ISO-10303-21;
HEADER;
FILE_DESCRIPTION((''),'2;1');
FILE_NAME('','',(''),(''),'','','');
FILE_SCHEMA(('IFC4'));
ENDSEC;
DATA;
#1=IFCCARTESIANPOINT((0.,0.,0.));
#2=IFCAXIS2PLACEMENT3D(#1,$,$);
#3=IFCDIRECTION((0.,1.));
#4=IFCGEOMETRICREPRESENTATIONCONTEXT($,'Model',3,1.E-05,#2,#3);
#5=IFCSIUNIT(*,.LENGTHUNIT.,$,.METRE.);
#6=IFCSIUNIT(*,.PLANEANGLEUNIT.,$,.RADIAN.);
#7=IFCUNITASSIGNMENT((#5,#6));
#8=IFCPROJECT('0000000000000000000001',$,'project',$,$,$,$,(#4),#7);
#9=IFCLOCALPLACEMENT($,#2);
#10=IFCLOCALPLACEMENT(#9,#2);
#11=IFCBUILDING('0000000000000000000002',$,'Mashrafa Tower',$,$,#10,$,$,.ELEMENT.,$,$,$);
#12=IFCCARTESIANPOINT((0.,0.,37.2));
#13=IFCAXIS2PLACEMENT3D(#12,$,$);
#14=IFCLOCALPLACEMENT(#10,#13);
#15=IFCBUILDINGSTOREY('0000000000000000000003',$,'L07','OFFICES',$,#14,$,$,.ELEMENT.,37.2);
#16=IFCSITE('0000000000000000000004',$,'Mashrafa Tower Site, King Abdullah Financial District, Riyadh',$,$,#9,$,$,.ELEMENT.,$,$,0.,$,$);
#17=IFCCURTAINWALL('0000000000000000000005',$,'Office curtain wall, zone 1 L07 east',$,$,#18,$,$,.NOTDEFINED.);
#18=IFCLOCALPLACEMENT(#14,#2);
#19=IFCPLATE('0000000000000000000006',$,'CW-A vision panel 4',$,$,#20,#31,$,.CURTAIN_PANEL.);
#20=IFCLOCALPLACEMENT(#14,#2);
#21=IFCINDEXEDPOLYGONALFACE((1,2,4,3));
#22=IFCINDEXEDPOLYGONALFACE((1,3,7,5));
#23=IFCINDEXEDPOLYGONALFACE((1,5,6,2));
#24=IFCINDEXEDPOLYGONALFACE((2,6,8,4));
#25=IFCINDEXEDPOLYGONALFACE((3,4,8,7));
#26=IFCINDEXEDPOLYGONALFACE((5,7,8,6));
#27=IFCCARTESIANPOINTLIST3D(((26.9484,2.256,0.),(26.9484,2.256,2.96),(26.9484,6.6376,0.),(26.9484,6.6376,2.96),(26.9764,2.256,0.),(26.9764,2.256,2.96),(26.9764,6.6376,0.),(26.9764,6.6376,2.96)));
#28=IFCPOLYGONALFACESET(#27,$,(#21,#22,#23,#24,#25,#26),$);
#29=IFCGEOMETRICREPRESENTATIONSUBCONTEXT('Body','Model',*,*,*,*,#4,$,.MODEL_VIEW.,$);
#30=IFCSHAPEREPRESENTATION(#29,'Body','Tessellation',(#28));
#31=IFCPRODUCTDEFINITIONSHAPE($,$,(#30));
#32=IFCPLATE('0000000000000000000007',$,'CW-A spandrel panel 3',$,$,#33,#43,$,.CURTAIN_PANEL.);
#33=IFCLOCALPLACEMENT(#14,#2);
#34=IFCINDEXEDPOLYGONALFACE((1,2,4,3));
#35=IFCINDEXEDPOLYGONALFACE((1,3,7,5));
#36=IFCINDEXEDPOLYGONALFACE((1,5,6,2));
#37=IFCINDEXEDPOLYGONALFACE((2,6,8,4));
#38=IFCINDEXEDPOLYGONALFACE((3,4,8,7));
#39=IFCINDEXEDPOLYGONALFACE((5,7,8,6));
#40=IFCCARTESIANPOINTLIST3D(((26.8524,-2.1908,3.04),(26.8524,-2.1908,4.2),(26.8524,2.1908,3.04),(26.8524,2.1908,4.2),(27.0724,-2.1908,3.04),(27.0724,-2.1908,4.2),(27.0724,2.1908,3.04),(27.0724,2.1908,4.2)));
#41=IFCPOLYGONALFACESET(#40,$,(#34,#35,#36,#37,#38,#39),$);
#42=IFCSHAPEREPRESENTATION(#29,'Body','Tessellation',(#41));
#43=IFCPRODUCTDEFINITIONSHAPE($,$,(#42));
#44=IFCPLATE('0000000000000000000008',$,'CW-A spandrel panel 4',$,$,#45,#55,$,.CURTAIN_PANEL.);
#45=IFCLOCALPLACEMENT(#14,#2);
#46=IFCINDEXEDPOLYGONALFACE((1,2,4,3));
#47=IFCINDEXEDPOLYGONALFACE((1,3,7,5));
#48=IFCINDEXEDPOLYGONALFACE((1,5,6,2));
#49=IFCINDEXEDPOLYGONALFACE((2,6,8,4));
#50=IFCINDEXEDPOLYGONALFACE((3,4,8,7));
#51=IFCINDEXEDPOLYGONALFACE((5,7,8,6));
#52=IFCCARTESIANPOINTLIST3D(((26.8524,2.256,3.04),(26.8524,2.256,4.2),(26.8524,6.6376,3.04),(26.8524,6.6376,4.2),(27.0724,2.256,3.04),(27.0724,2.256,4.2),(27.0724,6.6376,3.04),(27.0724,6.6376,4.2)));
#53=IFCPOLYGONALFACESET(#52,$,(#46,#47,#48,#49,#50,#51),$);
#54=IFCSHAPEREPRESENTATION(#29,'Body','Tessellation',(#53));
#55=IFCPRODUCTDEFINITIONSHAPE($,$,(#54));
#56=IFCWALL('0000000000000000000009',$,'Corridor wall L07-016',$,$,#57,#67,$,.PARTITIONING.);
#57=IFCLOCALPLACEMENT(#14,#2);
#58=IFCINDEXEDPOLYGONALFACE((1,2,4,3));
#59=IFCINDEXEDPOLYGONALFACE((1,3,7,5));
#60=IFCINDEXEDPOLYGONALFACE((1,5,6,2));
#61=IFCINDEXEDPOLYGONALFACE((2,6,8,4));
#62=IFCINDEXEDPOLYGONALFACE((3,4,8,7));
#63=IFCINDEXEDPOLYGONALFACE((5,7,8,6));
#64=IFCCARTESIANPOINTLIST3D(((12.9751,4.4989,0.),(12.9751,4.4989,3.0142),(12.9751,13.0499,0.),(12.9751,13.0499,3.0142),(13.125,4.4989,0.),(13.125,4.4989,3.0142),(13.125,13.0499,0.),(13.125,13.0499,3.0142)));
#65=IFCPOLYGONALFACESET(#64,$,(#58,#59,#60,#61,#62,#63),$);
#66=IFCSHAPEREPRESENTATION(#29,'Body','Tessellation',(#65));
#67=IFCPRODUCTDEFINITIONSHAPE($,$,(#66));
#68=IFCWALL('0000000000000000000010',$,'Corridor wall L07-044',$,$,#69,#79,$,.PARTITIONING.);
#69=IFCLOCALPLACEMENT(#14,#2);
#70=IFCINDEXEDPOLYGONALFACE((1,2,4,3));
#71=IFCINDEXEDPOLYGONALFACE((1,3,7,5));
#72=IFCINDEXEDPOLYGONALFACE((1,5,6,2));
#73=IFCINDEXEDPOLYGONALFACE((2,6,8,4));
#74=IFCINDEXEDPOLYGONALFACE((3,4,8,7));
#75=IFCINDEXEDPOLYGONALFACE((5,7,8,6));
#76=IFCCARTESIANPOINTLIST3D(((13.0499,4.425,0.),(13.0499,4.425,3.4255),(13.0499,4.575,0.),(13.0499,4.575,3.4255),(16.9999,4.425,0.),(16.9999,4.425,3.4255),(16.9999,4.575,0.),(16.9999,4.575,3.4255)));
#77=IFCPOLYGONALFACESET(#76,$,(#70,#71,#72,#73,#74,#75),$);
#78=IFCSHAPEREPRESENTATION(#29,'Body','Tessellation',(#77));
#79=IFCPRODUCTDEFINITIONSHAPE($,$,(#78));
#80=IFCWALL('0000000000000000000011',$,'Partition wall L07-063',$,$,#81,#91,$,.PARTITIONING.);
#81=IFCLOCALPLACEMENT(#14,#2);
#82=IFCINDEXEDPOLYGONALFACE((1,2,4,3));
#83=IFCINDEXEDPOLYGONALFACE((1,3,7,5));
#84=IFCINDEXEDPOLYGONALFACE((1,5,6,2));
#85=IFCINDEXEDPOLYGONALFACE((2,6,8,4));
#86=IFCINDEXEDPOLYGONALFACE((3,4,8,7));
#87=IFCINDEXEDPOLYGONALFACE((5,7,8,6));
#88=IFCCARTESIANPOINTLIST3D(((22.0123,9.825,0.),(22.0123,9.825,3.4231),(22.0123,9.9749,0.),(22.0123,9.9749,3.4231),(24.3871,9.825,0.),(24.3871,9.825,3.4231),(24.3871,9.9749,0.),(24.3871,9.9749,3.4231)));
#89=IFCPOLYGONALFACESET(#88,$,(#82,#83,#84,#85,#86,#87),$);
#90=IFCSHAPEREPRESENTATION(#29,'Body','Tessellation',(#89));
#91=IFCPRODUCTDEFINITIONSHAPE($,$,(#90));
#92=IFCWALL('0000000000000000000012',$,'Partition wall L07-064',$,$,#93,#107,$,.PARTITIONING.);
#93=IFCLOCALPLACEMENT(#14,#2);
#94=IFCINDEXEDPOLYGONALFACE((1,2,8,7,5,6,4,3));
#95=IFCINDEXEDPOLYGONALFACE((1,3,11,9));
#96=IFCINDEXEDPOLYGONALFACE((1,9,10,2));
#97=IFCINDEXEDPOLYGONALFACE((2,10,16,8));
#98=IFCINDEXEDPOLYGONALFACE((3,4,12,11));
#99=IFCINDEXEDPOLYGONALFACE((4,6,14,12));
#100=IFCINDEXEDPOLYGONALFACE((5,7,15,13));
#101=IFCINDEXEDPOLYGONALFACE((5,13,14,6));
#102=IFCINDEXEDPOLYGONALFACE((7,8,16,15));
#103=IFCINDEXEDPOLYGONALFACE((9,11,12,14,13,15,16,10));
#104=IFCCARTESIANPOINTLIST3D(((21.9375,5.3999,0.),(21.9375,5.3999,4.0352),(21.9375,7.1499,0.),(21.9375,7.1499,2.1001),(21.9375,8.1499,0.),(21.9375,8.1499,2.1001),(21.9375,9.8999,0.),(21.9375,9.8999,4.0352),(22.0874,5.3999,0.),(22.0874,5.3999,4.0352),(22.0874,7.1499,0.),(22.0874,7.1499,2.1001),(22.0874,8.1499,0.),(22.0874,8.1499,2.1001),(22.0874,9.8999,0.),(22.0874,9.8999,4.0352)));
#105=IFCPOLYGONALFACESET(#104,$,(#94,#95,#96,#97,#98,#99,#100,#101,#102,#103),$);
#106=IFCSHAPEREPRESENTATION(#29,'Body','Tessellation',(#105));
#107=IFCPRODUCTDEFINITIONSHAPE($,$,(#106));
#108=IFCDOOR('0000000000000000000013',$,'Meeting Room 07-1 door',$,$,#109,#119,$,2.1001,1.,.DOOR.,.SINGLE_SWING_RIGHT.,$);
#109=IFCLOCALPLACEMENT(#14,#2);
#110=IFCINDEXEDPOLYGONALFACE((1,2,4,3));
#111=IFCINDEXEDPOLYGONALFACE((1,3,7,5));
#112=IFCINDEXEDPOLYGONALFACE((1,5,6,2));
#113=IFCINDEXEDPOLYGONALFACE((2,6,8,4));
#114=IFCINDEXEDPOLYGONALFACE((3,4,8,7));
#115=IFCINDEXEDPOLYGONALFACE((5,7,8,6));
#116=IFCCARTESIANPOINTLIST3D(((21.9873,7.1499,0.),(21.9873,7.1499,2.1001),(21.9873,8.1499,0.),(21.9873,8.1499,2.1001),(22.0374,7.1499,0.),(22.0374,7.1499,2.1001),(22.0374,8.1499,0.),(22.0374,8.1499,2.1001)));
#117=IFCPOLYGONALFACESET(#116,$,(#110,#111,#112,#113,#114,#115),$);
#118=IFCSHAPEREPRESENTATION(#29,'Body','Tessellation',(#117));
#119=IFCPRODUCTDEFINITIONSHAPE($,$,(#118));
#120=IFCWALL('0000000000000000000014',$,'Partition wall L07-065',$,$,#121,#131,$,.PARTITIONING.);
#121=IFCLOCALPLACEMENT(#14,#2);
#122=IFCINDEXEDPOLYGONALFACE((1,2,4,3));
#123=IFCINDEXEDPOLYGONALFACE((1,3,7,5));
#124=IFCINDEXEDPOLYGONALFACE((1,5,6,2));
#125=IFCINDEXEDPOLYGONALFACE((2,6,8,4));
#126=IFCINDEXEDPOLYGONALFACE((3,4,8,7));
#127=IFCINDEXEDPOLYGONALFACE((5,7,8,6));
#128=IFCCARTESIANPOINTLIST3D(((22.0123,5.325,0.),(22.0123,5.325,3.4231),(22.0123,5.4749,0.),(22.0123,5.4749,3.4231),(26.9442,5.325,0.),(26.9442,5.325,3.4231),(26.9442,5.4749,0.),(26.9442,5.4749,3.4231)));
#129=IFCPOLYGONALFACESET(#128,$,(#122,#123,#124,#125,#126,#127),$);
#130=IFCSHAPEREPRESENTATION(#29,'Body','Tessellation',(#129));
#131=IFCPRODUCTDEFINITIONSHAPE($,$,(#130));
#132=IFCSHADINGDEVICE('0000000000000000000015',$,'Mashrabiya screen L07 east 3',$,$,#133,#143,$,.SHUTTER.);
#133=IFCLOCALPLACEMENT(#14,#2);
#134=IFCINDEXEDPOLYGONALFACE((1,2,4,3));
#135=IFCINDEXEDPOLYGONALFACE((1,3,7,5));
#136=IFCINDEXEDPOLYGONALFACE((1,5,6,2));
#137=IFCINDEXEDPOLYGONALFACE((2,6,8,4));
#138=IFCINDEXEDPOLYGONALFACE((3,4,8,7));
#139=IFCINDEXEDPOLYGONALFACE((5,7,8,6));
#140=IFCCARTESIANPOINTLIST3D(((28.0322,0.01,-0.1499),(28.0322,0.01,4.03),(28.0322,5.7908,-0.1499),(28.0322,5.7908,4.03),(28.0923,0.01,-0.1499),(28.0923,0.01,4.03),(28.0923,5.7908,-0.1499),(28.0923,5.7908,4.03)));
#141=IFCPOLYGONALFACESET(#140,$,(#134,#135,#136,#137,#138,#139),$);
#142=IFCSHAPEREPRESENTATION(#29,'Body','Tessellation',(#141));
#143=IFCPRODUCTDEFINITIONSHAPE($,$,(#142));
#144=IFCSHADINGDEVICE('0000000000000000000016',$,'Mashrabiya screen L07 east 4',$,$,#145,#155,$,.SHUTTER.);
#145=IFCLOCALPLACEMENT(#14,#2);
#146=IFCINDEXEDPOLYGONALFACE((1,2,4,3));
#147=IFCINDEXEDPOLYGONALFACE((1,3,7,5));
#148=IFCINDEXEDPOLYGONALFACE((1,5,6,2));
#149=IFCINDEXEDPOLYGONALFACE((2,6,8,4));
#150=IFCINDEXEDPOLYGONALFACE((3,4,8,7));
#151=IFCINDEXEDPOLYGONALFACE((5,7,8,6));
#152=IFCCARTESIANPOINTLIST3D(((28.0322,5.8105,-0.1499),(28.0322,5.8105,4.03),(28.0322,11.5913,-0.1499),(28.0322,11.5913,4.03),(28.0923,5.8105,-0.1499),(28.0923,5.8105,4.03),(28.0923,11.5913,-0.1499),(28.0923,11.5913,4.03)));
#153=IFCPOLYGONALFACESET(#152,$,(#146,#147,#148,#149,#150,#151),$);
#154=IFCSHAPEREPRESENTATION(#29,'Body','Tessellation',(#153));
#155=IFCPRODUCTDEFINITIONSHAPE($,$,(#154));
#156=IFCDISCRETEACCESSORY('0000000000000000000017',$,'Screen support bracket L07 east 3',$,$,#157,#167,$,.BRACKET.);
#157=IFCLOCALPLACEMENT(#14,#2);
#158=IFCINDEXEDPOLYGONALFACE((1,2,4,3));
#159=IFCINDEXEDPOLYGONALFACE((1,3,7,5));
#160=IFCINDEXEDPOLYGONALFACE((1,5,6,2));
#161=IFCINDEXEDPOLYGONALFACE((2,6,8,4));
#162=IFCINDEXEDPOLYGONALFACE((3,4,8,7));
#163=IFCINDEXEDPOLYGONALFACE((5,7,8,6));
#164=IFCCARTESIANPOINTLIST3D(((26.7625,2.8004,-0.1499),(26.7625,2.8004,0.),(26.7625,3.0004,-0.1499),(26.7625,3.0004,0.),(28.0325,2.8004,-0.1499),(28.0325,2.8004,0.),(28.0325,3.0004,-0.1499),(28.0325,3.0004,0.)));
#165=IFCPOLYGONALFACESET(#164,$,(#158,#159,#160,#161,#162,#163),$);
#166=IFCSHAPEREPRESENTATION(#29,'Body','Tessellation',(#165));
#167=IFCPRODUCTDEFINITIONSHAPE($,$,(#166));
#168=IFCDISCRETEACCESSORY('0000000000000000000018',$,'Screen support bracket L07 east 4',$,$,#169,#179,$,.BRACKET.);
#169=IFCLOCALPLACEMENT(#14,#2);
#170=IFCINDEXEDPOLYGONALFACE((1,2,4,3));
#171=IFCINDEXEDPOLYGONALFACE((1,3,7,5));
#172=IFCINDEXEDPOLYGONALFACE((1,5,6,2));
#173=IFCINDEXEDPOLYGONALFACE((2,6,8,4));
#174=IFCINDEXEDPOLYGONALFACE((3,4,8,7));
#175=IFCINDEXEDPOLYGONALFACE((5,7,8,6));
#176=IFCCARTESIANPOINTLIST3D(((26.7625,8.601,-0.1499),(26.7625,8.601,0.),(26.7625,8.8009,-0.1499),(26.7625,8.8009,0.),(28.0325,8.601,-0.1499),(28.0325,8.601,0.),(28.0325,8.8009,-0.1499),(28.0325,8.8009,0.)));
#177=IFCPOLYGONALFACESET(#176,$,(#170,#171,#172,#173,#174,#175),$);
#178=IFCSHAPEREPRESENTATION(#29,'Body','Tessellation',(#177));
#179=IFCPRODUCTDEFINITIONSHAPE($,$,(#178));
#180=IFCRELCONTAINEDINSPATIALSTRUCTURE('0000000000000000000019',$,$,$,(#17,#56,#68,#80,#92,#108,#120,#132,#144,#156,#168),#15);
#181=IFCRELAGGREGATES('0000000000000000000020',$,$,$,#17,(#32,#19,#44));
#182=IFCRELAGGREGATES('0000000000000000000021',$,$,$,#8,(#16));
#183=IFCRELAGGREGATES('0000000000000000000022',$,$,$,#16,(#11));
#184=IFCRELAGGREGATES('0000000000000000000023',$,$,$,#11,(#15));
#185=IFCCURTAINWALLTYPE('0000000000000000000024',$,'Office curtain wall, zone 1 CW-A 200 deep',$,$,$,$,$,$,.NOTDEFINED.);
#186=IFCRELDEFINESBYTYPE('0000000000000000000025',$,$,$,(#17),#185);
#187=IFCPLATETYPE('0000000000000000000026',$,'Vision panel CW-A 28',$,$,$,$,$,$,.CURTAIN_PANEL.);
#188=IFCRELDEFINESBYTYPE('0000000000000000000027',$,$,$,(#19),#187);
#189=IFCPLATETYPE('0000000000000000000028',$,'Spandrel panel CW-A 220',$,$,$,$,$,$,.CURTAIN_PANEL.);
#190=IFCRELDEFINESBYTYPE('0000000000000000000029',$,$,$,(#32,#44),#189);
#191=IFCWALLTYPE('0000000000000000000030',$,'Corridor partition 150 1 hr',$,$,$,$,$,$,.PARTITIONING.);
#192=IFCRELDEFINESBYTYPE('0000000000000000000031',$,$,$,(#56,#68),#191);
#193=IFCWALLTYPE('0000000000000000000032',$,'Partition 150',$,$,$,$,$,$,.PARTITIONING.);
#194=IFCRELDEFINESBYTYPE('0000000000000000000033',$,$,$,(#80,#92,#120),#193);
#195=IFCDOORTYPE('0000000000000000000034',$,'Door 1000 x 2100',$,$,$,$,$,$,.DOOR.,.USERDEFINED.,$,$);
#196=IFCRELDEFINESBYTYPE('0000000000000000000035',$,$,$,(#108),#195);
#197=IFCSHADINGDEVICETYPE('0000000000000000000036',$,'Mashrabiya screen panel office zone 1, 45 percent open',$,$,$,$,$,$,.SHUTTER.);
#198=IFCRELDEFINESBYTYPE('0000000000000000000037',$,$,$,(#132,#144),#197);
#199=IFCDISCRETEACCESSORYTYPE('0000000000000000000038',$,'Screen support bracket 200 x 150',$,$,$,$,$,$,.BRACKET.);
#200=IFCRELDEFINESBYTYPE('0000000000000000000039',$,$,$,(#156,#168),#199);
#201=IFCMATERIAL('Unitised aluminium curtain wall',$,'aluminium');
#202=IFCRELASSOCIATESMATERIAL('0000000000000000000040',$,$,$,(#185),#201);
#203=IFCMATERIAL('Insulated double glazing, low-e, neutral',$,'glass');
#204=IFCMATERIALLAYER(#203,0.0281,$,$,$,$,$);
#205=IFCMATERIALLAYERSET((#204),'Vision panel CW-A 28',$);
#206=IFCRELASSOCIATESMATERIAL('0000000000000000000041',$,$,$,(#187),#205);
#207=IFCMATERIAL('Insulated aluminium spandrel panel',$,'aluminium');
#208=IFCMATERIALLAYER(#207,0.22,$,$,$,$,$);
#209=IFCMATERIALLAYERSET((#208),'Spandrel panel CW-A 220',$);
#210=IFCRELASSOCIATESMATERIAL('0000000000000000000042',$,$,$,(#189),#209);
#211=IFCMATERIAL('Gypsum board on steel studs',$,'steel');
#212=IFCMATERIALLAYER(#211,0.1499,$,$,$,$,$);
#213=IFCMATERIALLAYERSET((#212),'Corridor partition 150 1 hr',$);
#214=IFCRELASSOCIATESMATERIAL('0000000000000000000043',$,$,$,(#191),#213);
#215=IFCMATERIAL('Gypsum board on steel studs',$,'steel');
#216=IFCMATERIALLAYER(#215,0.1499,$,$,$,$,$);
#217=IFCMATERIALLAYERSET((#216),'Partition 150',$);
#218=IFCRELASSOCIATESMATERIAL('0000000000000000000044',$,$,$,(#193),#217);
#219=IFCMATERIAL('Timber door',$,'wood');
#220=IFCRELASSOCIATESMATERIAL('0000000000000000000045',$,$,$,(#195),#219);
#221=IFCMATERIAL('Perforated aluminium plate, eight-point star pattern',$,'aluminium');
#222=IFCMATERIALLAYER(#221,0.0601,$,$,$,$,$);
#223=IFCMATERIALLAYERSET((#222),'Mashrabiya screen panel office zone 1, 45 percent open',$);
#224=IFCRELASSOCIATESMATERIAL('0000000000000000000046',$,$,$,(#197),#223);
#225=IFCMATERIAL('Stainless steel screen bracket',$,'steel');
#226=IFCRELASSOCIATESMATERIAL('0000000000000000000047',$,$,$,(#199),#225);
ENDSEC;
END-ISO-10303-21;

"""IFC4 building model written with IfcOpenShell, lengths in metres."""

from ifc_helpers import new_model, si_unit, direction, frame, frame_2d, origin, origin_2d, place, context, subcontext, project, spatial, rectangle, extrude, source, transform, mapped, material, layer, layer_set, type_object, type_shapes, element, fill, aggregate, save


model = new_model("IFC4")

# Units and contexts
model_context = context("Model", 3, precision=1e-05, world=origin(), true_north=direction((0.0, 1.0)))
body_context = subcontext(model_context, "Body", "Model", "MODEL_VIEW")
ifc_project = project(units=[si_unit("LENGTHUNIT", "METRE"), si_unit("PLANEANGLEUNIT", "RADIAN")], contexts=[model_context])

# Site, building, storey
site_placement = place(None, origin())
site = spatial("IfcSite", under=ifc_project, at=site_placement, Name="Mashrafa Tower Site, King Abdullah Financial District, Riyadh", CompositionType="ELEMENT", RefElevation=0.0)
building_placement = place(site_placement, origin())
building = spatial("IfcBuilding", under=site, at=building_placement, Name="Mashrafa Tower", CompositionType="ELEMENT")
storey_placement = place(building_placement, frame((0.0, 0.0, 37.2)))
storey = spatial("IfcBuildingStorey", under=building, at=storey_placement, Name="L07", Description="OFFICES", CompositionType="ELEMENT", Elevation=37.2)

# Curtain wall
ifc_material_1 = material(Name="Unitised aluminium curtain wall", Category="aluminium")
curtain_wall_type = type_object("IfcCurtainWallType", Name="Office curtain wall, zone 1 CW-A 200 deep", PredefinedType="NOTDEFINED", material=ifc_material_1)
curtain_wall_1_placement = place(storey_placement, origin())
curtain_wall_1 = element("IfcCurtainWall", 1, at=curtain_wall_1_placement, inside=storey, type_object=curtain_wall_type, Name="Office curtain wall, zone 1 L07 east", PredefinedType="NOTDEFINED")

# Plates
ifc_material_2 = material(Name="Insulated double glazing, low-e, neutral", Category="glass")
ifc_layer_1 = layer(ifc_material_2, 0.0281)
ifc_layer_set_1 = layer_set([ifc_layer_1], Name="Vision panel CW-A 28")
plate_type_1 = type_object("IfcPlateType", Name="Vision panel CW-A 28", PredefinedType="CURTAIN_PANEL", material=ifc_layer_set_1)
ifc_material_3 = material(Name="Insulated aluminium spandrel panel", Category="aluminium")
ifc_layer_2 = layer(ifc_material_3, 0.22)
ifc_layer_set_2 = layer_set([ifc_layer_2], Name="Spandrel panel CW-A 220")
plate_type_2 = type_object("IfcPlateType", Name="Spandrel panel CW-A 220", PredefinedType="CURTAIN_PANEL", material=ifc_layer_set_2)
shared_shape_1 = source(origin(), body_context, "Body", "SweptSolid", [
    extrude(rectangle(XDim=4.3816, YDim=0.0281, at=origin_2d()), origin(), (0.0, 0.0, 1.0), 2.96),
])
plate_1_placement = place(storey_placement, frame((26.9624, 4.4468, 0.0), z_axis=(0.0, 0.0, 1.0), x_axis=(0.0, 1.0, 0.0)))
plate_1 = element("IfcPlate", 2, at=plate_1_placement, type_object=plate_type_1, Name="CW-A vision panel 4", PredefinedType="CURTAIN_PANEL", context=body_context, shape_type="MappedRepresentation", body=[
    mapped(shared_shape_1, transform((0.0, 0.0, 0.0))),
])
shared_shape_2 = source(origin(), body_context, "Body", "SweptSolid", [
    extrude(rectangle(XDim=4.3816, YDim=0.22, at=origin_2d()), origin(), (0.0, 0.0, 1.0), 1.1599),
])
plate_2_placement = place(storey_placement, frame((26.9624, 0.0, 3.04), z_axis=(0.0, 0.0, 1.0), x_axis=(0.0, 1.0, 0.0)))
plate_2 = element("IfcPlate", 3, at=plate_2_placement, type_object=plate_type_2, Name="CW-A spandrel panel 3", PredefinedType="CURTAIN_PANEL", context=body_context, shape_type="MappedRepresentation", body=[
    mapped(shared_shape_2, transform((0.0, 0.0, 0.0))),
])
plate_3_placement = place(storey_placement, frame((26.9624, 4.4468, 3.04), z_axis=(0.0, 0.0, 1.0), x_axis=(0.0, 1.0, 0.0)))
plate_3 = element("IfcPlate", 4, at=plate_3_placement, type_object=plate_type_2, Name="CW-A spandrel panel 4", PredefinedType="CURTAIN_PANEL", context=body_context, shape_type="MappedRepresentation", body=[
    mapped(shared_shape_2, transform((0.0, 0.0, 0.0))),
])
aggregate(curtain_wall_1, [plate_2, plate_1, plate_3])

# Walls
ifc_material_4 = material(Name="Gypsum board on steel studs", Category="steel")
ifc_layer_3 = layer(ifc_material_4, 0.1499)
ifc_layer_set_3 = layer_set([ifc_layer_3], Name="Corridor partition 150 1 hr")
wall_type_1 = type_object("IfcWallType", Name="Corridor partition 150 1 hr", PredefinedType="PARTITIONING", material=ifc_layer_set_3)
wall_1_placement = place(storey_placement, frame((13.05, 4.499, 0.0), z_axis=(0.0, 0.0, 1.0), x_axis=(0.0, 1.0, 0.0)))
element("IfcWall", 5, at=wall_1_placement, inside=storey, type_object=wall_type_1, Name="Corridor wall L07-016", PredefinedType="PARTITIONING", context=body_context, shape_type="SweptSolid", body=[
    extrude(rectangle(XDim=8.551, YDim=0.1499, at=frame_2d((4.2754, 0.0))), origin(), (0.0, 0.0, 1.0), 3.0142),
])
wall_2_placement = place(storey_placement, frame((17.0, 4.5, 0.0), z_axis=(0.0, 0.0, 1.0), x_axis=(-1.0, 0.0, 0.0)))
element("IfcWall", 6, at=wall_2_placement, inside=storey, type_object=wall_type_1, Name="Corridor wall L07-044", PredefinedType="PARTITIONING", context=body_context, shape_type="SweptSolid", body=[
    extrude(rectangle(XDim=3.95, YDim=0.1499, at=frame_2d((1.9751, 0.0))), origin(), (0.0, 0.0, 1.0), 3.4255),
])
ifc_material_5 = material(Name="Gypsum board on steel studs", Category="steel")
ifc_layer_4 = layer(ifc_material_5, 0.1499)
ifc_layer_set_4 = layer_set([ifc_layer_4], Name="Partition 150")
wall_type_2 = type_object("IfcWallType", Name="Partition 150", PredefinedType="PARTITIONING", material=ifc_layer_set_4)
wall_3_placement = place(storey_placement, frame((24.3872, 9.8999, 0.0), z_axis=(0.0, 0.0, 1.0), x_axis=(-1.0, 0.0, 0.0)))
element("IfcWall", 7, at=wall_3_placement, inside=storey, type_object=wall_type_2, Name="Partition wall L07-063", PredefinedType="PARTITIONING", context=body_context, shape_type="SweptSolid", body=[
    extrude(rectangle(XDim=2.3748, YDim=0.1499, at=frame_2d((1.1875, 0.0))), origin(), (0.0, 0.0, 1.0), 3.4231),
])

# Wall, opening, door
wall_4_placement = place(storey_placement, frame((22.0125, 9.8999, 0.0), z_axis=(0.0, 0.0, 1.0), x_axis=(0.0, -1.0, 0.0)))
wall_4 = element("IfcWall", 8, at=wall_4_placement, inside=storey, type_object=wall_type_2, Name="Partition wall L07-064", PredefinedType="PARTITIONING", context=body_context, shape_type="SweptSolid", body=[
    extrude(rectangle(XDim=4.5, YDim=0.1499, at=frame_2d((2.25, 0.0))), origin(), (0.0, 0.0, 1.0), 4.0352),
])
opening_placement = place(wall_4_placement, frame((1.75, 0.0, 0.0)))
opening = element("IfcOpeningElement", 9, at=opening_placement, cuts=wall_4, PredefinedType="OPENING", context=body_context, shape_type="SweptSolid", body=[
    extrude(rectangle(XDim=1.0, YDim=2.1001, at=frame_2d((0.5, 1.05))), frame((0.0, 0.085, 0.0), z_axis=(0.0, -1.0, 0.0), x_axis=(1.0, 0.0, 0.0)), (0.0, 0.0, 1.0), 0.1699),
])
ifc_material_6 = material(Name="Timber door", Category="wood")
door_type = type_object("IfcDoorType", Name="Door 1000 x 2100", OperationType="USERDEFINED", PredefinedType="DOOR", material=ifc_material_6)
door_placement = place(opening_placement, origin())
door = element("IfcDoor", 10, at=door_placement, inside=storey, type_object=door_type, Name="Meeting Room 07-1 door", OperationType="SINGLE_SWING_RIGHT", OverallHeight=2.1001, OverallWidth=1.0, PredefinedType="DOOR", context=body_context, shape_type="SweptSolid", body=[
    extrude(rectangle(XDim=1.0, YDim=2.1001, at=frame_2d((0.5, 1.05))), frame((0.0, 0.0249, 0.0), z_axis=(0.0, -1.0, 0.0), x_axis=(1.0, 0.0, 0.0)), (0.0, 0.0, 1.0), 0.05),
])
fill(opening, door)

# Wall
wall_5_placement = place(storey_placement, frame((22.0125, 5.3999, 0.0), z_axis=(0.0, 0.0, 1.0), x_axis=(1.0, 0.0, 0.0)))
element("IfcWall", 11, at=wall_5_placement, inside=storey, type_object=wall_type_2, Name="Partition wall L07-065", PredefinedType="PARTITIONING", context=body_context, shape_type="SweptSolid", body=[
    extrude(rectangle(XDim=4.9319, YDim=0.1499, at=frame_2d((2.4658, 0.0))), origin(), (0.0, 0.0, 1.0), 3.4231),
])

# Shading devices
ifc_material_7 = material(Name="Perforated aluminium plate, eight-point star pattern", Category="aluminium")
ifc_layer_5 = layer(ifc_material_7, 0.0601)
ifc_layer_set_5 = layer_set([ifc_layer_5], Name="Mashrabiya screen panel office zone 1, 45 percent open")
shading_device_type = type_object("IfcShadingDeviceType", Name="Mashrabiya screen panel office zone 1, 45 percent open", PredefinedType="SHUTTER", material=ifc_layer_set_5)
shared_shape_3 = source(origin(), body_context, "Body", "SweptSolid", [
    extrude(rectangle(XDim=5.7808, YDim=0.0601, at=origin_2d()), origin(), (0.0, 0.0, 1.0), 4.1799),
])
type_shapes(shading_device_type, [shared_shape_3])
for number, where, z_axis, x_axis, name in (
    (12, (28.0623, 2.9004, -0.1499), (0.0, 0.0, 1.0), (0.0, 1.0, 0.0), "Mashrabiya screen L07 east 3"),
    (13, (28.0623, 8.7009, -0.1499), (0.0, 0.0, 1.0), (0.0, 1.0, 0.0), "Mashrabiya screen L07 east 4"),
):
    element("IfcShadingDevice", number, at=place(storey_placement, frame(where, z_axis=z_axis, x_axis=x_axis)), inside=storey, type_object=shading_device_type, Name=name, PredefinedType="SHUTTER", context=body_context, shape_type="MappedRepresentation", body=[
        mapped(shared_shape_3, transform((0.0, 0.0, 0.0))),
    ])

# Discrete accessories
ifc_material_8 = material(Name="Stainless steel screen bracket", Category="steel")
discrete_accessory_type = type_object("IfcDiscreteAccessoryType", Name="Screen support bracket 200 x 150", PredefinedType="BRACKET", material=ifc_material_8)
shared_shape_4 = source(origin(), body_context, "Body", "SweptSolid", [
    extrude(rectangle(XDim=0.2, YDim=1.27, at=origin_2d()), origin(), (0.0, 0.0, 1.0), 0.1499),
])
type_shapes(discrete_accessory_type, [shared_shape_4])
for number, where, z_axis, x_axis, name in (
    (14, (27.3975, 2.9004, -0.1499), (0.0, 0.0, 1.0), (0.0, 1.0, 0.0), "Screen support bracket L07 east 3"),
    (15, (27.3975, 8.7009, -0.1499), (0.0, 0.0, 1.0), (0.0, 1.0, 0.0), "Screen support bracket L07 east 4"),
):
    element("IfcDiscreteAccessory", number, at=place(storey_placement, frame(where, z_axis=z_axis, x_axis=x_axis)), inside=storey, type_object=discrete_accessory_type, Name=name, PredefinedType="BRACKET", context=body_context, shape_type="MappedRepresentation", body=[
        mapped(shared_shape_4, transform((0.0, 0.0, 0.0))),
    ])

save(model, "model.ifc")
